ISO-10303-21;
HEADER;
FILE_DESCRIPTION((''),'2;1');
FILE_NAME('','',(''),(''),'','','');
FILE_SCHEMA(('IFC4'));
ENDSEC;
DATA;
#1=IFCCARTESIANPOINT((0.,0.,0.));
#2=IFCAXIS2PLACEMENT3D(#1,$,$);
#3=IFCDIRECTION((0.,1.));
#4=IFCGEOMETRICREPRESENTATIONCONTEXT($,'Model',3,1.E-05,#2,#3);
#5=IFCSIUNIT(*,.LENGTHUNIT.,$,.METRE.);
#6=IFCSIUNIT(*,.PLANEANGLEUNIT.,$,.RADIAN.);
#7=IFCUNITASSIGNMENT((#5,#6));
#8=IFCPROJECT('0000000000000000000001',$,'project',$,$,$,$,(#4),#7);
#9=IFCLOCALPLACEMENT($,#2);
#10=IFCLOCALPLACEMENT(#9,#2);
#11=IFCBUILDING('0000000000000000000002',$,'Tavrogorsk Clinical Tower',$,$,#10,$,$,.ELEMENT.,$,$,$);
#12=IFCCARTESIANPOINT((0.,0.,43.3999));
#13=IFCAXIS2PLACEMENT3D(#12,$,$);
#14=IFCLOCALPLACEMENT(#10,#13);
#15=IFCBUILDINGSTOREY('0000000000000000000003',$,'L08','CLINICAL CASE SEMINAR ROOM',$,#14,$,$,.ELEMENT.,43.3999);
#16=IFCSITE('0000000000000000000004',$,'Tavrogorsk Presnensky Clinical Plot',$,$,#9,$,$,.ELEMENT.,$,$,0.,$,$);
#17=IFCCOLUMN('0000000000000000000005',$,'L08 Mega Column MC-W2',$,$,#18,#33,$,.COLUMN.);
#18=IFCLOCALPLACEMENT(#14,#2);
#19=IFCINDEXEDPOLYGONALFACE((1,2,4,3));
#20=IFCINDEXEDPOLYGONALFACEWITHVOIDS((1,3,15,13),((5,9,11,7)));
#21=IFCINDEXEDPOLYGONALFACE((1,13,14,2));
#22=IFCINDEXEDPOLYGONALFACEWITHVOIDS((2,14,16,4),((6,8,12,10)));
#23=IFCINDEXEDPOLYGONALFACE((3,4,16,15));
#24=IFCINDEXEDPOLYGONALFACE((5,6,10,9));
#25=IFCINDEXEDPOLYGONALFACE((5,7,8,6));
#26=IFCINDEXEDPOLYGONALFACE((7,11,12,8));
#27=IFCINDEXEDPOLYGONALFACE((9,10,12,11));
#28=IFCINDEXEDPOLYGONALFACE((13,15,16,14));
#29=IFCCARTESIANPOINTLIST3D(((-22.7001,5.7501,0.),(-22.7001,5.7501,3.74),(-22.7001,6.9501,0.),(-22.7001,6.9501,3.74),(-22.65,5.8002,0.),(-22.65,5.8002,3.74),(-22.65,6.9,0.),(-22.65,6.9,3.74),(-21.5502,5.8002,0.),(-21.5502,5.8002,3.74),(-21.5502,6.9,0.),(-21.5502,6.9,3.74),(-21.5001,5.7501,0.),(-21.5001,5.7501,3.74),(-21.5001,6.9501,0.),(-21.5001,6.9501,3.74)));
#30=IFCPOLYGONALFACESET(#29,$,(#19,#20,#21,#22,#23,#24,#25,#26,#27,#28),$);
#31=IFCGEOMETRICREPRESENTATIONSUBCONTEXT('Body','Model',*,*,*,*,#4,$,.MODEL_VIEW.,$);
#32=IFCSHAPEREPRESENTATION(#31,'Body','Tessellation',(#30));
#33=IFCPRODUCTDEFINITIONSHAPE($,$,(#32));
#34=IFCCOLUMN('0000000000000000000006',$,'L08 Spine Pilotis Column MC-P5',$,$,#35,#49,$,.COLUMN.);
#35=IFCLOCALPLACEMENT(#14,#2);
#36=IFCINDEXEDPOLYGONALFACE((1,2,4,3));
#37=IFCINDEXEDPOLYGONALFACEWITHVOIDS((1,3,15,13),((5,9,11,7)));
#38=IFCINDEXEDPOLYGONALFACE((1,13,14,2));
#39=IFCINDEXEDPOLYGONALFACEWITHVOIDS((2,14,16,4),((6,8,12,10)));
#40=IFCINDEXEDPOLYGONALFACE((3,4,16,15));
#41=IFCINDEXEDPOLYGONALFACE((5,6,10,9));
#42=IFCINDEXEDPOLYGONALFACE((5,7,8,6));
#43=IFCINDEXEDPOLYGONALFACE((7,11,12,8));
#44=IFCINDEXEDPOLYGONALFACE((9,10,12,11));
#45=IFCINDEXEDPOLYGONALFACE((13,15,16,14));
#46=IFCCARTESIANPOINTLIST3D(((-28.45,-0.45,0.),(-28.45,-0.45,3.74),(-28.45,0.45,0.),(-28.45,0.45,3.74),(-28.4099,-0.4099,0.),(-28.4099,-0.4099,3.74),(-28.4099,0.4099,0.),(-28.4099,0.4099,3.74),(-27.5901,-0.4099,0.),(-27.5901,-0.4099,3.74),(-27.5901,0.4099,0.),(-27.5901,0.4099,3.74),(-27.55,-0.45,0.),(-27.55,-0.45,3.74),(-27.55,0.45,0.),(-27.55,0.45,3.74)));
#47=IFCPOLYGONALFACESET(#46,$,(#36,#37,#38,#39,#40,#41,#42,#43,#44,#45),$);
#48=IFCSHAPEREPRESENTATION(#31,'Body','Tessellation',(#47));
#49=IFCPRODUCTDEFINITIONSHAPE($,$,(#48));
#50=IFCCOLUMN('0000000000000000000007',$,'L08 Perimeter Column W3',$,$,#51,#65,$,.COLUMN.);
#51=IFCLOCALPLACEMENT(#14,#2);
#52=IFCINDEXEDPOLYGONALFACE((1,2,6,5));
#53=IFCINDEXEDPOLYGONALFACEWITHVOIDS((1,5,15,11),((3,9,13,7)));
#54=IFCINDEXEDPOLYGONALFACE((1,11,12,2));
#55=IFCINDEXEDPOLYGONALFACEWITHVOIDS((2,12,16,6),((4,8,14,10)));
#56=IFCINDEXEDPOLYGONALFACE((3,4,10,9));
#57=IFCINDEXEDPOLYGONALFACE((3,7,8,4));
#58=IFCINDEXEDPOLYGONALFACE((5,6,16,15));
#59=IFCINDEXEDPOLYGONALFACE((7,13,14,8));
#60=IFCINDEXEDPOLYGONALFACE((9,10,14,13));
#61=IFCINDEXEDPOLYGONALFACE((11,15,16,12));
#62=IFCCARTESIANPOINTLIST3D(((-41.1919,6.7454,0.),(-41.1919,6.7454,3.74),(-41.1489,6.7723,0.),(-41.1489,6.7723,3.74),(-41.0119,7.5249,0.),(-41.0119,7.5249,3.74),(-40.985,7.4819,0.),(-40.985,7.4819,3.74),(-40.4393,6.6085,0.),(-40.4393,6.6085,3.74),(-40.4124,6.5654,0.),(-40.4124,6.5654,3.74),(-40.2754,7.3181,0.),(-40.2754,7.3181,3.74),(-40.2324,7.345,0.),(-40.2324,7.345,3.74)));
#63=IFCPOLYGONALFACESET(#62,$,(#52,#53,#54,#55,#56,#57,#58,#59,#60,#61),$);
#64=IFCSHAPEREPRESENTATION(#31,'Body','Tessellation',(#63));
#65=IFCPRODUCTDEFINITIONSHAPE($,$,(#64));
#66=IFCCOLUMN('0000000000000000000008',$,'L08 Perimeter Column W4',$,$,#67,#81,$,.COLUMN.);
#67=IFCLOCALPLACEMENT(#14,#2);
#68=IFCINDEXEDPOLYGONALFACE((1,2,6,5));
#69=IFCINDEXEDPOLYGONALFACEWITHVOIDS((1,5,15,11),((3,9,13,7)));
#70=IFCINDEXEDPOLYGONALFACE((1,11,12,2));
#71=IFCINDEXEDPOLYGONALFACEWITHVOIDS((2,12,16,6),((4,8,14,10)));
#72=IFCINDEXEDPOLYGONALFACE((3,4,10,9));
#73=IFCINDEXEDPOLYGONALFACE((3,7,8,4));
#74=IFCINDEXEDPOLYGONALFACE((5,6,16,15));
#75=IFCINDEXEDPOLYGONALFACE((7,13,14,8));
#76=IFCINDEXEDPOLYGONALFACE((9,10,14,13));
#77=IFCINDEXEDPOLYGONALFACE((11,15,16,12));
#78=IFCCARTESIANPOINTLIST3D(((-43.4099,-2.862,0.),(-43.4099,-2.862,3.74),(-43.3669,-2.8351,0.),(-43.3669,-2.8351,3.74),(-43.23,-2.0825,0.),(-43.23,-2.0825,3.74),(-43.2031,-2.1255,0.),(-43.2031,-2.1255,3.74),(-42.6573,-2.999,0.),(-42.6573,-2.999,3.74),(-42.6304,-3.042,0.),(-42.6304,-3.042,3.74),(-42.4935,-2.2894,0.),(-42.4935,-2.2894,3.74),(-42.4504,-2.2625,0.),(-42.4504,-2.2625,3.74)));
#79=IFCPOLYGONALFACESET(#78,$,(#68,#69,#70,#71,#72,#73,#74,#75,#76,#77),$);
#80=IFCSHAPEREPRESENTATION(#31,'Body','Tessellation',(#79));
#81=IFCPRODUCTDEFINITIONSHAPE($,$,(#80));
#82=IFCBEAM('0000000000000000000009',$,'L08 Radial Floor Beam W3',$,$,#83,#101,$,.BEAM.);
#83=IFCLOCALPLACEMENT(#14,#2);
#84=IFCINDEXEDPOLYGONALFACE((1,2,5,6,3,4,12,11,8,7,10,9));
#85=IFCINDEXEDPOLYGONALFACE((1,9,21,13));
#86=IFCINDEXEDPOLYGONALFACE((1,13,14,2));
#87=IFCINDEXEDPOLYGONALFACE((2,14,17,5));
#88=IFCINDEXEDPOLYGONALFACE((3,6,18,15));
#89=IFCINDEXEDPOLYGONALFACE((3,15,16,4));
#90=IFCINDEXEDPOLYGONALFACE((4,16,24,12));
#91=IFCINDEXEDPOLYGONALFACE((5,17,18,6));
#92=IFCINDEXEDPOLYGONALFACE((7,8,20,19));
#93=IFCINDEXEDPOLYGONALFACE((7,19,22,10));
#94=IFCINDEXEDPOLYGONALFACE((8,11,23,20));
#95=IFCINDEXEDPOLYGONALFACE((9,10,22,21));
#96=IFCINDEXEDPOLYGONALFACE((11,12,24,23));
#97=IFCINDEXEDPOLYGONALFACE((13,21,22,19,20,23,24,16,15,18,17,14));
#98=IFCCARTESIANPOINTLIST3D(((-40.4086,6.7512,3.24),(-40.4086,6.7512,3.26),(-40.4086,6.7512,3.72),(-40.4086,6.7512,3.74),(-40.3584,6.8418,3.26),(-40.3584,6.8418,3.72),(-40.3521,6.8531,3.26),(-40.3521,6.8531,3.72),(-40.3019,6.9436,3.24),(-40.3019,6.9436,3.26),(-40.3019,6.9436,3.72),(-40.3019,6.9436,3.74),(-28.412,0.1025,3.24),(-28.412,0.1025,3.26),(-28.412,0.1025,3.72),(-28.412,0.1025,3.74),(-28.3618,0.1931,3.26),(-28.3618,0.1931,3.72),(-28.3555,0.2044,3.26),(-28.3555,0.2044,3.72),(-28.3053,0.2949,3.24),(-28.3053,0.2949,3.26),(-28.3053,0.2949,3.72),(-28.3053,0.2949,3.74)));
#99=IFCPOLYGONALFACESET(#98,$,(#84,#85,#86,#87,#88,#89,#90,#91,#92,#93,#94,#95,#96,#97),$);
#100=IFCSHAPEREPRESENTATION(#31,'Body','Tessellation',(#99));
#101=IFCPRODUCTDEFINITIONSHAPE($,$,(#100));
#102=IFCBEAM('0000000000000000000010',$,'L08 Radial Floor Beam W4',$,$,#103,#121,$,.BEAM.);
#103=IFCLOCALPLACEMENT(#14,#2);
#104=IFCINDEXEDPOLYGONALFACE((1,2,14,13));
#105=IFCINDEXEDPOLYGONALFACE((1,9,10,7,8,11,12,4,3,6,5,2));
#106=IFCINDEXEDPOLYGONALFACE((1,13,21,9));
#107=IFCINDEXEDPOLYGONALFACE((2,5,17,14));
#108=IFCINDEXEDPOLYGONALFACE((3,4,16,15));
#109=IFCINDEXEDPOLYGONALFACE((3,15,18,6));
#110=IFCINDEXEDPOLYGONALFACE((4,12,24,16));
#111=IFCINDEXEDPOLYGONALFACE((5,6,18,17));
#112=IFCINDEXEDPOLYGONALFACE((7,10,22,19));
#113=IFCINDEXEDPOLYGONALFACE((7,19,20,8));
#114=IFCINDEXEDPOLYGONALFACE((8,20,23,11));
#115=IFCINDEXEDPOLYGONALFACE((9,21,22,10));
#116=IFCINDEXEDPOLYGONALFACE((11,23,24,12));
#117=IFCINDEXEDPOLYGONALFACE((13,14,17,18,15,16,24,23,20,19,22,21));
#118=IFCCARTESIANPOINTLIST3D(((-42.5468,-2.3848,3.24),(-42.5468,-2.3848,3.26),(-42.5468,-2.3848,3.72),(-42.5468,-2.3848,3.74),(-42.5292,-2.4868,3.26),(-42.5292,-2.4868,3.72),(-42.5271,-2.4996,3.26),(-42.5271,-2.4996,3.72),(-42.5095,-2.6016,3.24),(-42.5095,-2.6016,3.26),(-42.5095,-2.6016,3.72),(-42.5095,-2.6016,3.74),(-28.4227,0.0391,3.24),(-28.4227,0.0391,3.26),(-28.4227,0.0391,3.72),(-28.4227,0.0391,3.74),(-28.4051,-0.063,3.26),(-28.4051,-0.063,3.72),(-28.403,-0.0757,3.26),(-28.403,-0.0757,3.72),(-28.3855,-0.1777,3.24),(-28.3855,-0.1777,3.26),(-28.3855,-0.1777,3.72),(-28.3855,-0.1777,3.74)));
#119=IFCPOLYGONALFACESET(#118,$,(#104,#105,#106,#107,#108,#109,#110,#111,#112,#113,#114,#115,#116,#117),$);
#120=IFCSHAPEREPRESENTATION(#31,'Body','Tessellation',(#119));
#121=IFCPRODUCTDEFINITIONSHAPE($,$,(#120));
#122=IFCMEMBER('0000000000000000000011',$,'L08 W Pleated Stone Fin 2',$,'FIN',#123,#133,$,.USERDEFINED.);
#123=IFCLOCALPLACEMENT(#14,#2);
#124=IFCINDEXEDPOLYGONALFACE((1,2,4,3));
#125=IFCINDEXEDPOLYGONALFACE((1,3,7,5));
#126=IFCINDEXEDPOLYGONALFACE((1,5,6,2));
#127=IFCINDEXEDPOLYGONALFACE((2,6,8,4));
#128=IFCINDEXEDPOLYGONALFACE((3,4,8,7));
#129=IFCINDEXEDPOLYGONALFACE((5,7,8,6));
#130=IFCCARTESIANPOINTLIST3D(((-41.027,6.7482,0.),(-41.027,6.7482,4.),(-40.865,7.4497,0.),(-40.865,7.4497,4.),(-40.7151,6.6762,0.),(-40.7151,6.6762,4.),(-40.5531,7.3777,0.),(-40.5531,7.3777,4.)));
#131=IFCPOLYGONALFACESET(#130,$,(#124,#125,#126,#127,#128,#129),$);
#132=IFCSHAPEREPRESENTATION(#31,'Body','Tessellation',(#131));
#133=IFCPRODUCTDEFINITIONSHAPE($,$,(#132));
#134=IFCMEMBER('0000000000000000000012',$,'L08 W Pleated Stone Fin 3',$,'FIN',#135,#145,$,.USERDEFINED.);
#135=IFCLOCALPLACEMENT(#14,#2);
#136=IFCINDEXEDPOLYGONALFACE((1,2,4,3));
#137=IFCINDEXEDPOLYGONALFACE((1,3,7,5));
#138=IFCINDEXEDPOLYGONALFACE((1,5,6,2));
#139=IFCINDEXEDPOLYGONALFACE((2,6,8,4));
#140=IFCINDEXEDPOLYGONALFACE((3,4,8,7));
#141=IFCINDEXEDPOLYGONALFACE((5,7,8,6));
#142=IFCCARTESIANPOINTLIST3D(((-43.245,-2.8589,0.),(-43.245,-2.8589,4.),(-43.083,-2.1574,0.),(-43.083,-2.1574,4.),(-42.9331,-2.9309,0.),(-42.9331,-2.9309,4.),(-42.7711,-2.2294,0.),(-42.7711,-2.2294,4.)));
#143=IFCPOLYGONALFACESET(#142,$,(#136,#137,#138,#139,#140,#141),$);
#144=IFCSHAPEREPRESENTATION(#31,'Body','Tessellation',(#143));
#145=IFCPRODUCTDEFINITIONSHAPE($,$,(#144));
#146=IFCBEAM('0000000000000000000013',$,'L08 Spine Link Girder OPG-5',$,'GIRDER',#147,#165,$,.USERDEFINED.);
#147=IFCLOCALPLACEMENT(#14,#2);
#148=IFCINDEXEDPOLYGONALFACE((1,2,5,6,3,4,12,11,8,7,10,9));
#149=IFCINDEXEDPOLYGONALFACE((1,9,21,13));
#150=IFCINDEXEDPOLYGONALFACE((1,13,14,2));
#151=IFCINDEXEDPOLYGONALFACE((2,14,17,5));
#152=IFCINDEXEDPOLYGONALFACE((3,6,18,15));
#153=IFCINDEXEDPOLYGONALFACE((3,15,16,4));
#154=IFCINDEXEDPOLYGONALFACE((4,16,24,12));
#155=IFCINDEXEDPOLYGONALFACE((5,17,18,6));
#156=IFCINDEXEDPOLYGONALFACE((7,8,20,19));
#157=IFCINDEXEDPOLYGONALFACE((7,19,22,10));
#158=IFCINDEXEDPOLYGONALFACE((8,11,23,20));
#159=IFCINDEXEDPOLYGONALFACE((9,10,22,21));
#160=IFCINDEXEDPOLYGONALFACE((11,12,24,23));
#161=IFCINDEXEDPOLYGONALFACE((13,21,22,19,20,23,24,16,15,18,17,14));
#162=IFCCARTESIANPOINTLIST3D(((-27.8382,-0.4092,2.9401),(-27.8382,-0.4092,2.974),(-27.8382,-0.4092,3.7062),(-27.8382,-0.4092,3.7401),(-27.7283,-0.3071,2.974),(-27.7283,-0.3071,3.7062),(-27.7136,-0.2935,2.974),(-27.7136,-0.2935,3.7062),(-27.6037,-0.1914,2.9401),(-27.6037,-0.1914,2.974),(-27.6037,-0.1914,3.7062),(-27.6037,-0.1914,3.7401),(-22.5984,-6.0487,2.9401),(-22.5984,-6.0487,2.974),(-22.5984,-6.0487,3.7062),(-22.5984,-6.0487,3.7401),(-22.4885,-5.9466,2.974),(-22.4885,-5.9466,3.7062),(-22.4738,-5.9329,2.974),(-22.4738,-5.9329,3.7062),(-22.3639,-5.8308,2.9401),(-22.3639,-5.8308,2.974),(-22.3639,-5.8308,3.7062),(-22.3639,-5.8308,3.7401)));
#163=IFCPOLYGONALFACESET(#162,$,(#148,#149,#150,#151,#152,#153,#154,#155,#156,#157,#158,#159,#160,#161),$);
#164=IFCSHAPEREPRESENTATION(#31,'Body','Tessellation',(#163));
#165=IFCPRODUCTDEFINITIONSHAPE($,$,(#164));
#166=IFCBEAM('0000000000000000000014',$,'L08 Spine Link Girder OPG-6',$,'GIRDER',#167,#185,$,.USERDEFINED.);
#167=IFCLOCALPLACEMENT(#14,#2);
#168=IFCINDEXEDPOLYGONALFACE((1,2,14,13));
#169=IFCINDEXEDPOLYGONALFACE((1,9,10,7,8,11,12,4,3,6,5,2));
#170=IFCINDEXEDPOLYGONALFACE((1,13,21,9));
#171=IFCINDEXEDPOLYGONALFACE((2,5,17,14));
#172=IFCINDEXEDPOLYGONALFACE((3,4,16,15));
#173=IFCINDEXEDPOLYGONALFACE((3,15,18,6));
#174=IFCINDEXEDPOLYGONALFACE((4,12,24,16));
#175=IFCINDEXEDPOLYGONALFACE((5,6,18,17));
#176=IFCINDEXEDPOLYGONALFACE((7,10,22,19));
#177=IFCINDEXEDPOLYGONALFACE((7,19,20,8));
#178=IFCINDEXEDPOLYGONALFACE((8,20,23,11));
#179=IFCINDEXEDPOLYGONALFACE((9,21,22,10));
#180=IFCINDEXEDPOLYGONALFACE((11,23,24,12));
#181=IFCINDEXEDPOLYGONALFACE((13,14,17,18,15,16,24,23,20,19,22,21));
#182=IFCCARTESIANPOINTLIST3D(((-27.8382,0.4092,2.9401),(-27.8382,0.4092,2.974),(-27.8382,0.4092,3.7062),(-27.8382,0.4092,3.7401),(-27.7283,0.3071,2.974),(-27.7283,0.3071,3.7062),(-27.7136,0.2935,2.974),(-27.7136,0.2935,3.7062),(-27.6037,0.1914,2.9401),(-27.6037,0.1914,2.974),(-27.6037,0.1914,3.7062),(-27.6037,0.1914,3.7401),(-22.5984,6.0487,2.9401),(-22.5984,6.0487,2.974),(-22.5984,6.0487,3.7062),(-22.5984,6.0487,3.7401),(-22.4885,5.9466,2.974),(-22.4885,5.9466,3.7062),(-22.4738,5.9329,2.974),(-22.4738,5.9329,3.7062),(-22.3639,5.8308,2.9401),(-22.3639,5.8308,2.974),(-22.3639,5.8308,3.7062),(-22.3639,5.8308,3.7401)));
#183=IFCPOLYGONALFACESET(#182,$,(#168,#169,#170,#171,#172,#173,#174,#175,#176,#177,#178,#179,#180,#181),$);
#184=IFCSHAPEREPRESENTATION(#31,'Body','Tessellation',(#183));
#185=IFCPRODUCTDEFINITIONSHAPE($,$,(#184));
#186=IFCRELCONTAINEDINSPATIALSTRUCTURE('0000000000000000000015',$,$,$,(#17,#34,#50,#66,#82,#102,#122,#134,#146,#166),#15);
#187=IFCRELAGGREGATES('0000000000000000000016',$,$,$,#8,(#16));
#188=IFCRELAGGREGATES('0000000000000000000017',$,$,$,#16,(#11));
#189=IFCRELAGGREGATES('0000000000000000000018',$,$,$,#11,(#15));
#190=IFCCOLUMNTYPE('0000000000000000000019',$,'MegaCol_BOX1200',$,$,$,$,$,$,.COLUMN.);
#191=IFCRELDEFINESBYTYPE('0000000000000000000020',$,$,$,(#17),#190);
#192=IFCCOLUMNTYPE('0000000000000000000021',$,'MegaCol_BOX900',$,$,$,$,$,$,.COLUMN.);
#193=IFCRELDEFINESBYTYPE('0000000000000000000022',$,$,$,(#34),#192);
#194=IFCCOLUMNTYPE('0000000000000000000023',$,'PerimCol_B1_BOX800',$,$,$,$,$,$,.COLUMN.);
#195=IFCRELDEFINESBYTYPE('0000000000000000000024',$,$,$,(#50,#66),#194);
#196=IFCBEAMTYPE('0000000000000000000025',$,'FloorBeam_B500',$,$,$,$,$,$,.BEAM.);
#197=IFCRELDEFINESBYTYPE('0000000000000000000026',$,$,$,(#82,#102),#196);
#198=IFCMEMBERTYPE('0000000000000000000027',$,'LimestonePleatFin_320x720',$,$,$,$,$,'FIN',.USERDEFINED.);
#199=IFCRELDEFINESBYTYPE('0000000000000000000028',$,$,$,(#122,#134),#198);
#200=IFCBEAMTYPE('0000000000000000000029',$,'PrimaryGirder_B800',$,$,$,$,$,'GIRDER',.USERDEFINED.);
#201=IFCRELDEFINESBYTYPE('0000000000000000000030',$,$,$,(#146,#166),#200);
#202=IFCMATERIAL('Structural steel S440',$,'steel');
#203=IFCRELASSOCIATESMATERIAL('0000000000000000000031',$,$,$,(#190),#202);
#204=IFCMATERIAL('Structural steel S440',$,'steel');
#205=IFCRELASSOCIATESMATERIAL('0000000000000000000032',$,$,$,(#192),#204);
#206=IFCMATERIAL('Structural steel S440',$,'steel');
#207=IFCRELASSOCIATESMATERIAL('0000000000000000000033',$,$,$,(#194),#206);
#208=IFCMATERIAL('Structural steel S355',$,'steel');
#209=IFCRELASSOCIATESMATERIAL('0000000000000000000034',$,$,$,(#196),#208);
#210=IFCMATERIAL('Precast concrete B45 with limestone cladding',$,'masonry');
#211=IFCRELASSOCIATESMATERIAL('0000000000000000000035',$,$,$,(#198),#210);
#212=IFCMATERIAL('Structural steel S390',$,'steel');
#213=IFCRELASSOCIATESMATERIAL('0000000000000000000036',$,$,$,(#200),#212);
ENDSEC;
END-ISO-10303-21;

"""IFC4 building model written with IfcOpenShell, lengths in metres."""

from ifc_helpers import new_model, si_unit, direction, frame, origin, origin_2d, place, context, subcontext, project, spatial, rectangle, hollow_rectangle, i_section, extrude, material, material_profile, profile_set, type_object, element, save


model = new_model("IFC4")

# Units and contexts
model_context = context("Model", 3, precision=1e-05, world=origin(), true_north=direction((0.0, 1.0)))
body_context = subcontext(model_context, "Body", "Model", "MODEL_VIEW")
ifc_project = project(units=[si_unit("LENGTHUNIT", "METRE"), si_unit("PLANEANGLEUNIT", "RADIAN")], contexts=[model_context])

# Site, building, storey
site_placement = place(None, origin())
site = spatial("IfcSite", under=ifc_project, at=site_placement, Name="Tavrogorsk Presnensky Clinical Plot", CompositionType="ELEMENT", RefElevation=0.0)
building_placement = place(site_placement, origin())
building = spatial("IfcBuilding", under=site, at=building_placement, Name="Tavrogorsk Clinical Tower", CompositionType="ELEMENT")
storey_placement = place(building_placement, frame((0.0, 0.0, 43.3999)))
storey = spatial("IfcBuildingStorey", under=building, at=storey_placement, Name="L08", Description="CLINICAL CASE SEMINAR ROOM", CompositionType="ELEMENT", Elevation=43.3999)

# Columns
ifc_material_1 = material(Name="Structural steel S440", Category="steel")
ifc_material_profile_1 = material_profile(ifc_material_1, hollow_rectangle(XDim=1.2, YDim=1.2, WallThickness=0.05, at=origin_2d()), Name="BOX-1200x1200x50")
ifc_profile_set_1 = profile_set([ifc_material_profile_1], Name="Structural steel S440")
column_type_1 = type_object("IfcColumnType", Name="MegaCol_BOX1200", PredefinedType="COLUMN", material=ifc_profile_set_1)
column_1_placement = place(storey_placement, frame((-22.1001, 6.3501, 0.0), z_axis=(0.0, 0.0, 1.0), x_axis=(1.0, 0.0, 0.0)))
element("IfcColumn", 1, at=column_1_placement, inside=storey, type_object=column_type_1, Name="L08 Mega Column MC-W2", PredefinedType="COLUMN", context=body_context, shape_type="SweptSolid", body=[
    extrude(hollow_rectangle(XDim=1.2, YDim=1.2, WallThickness=0.05, at=origin_2d()), origin(), (0.0, 0.0, 1.0), 3.74),
])
ifc_material_2 = material(Name="Structural steel S440", Category="steel")
ifc_material_profile_2 = material_profile(ifc_material_2, hollow_rectangle(XDim=0.8999, YDim=0.8999, WallThickness=0.04, at=origin_2d()), Name="BOX-900x900x40")
ifc_profile_set_2 = profile_set([ifc_material_profile_2], Name="Structural steel S440")
column_type_2 = type_object("IfcColumnType", Name="MegaCol_BOX900", PredefinedType="COLUMN", material=ifc_profile_set_2)
column_2_placement = place(storey_placement, frame((-28.0, 0.0, 0.0), z_axis=(0.0, 0.0, 1.0), x_axis=(1.0, 0.0, 0.0)))
element("IfcColumn", 2, at=column_2_placement, inside=storey, type_object=column_type_2, Name="L08 Spine Pilotis Column MC-P5", PredefinedType="COLUMN", context=body_context, shape_type="SweptSolid", body=[
    extrude(hollow_rectangle(XDim=0.8999, YDim=0.8999, WallThickness=0.04, at=origin_2d()), origin(), (0.0, 0.0, 1.0), 3.74),
])
ifc_material_3 = material(Name="Structural steel S440", Category="steel")
ifc_material_profile_3 = material_profile(ifc_material_3, hollow_rectangle(XDim=0.8, YDim=0.8, WallThickness=0.0359, at=origin_2d()), Name="BOX-800x800x36")
ifc_profile_set_3 = profile_set([ifc_material_profile_3], Name="Structural steel S440")
column_type_3 = type_object("IfcColumnType", Name="PerimCol_B1_BOX800", PredefinedType="COLUMN", material=ifc_profile_set_3)
for number, where, z_axis, x_axis, name in (
    (3, (-40.7122, 7.0452, 0.0), (0.0, 0.0, 1.0), (0.97437, -0.224951, 0.0), "L08 Perimeter Column W3"),
    (4, (-42.9302, -2.5623, 0.0), (0.0, 0.0, 1.0), (0.97437, -0.224951, 0.0), "L08 Perimeter Column W4"),
):
    element("IfcColumn", number, at=place(storey_placement, frame(where, z_axis=z_axis, x_axis=x_axis)), inside=storey, type_object=column_type_3, Name=name, PredefinedType="COLUMN", context=body_context, shape_type="SweptSolid", body=[
        extrude(hollow_rectangle(XDim=0.8, YDim=0.8, WallThickness=0.0359, at=origin_2d()), origin(), (0.0, 0.0, 1.0), 3.74),
    ])

# Beams
ifc_material_4 = material(Name="Structural steel S355", Category="steel")
ifc_material_profile_4 = material_profile(ifc_material_4, i_section(OverallWidth=0.22, OverallDepth=0.5, WebThickness=0.0129, FlangeThickness=0.02, at=origin_2d()), Name="B-500x220x13x20")
ifc_profile_set_4 = profile_set([ifc_material_profile_4], Name="Structural steel S355")
beam_type_1 = type_object("IfcBeamType", Name="FloorBeam_B500", PredefinedType="BEAM", material=ifc_profile_set_4)
beam_1_placement = place(storey_placement, frame((-28.3586, 0.1987, 3.49), z_axis=(-0.874655, 0.484746, 0.0), x_axis=(-0.484746, -0.874655, 0.0)))
element("IfcBeam", 5, at=beam_1_placement, inside=storey, type_object=beam_type_1, Name="L08 Radial Floor Beam W3", PredefinedType="BEAM", context=body_context, shape_type="SweptSolid", body=[
    extrude(i_section(OverallWidth=0.22, OverallDepth=0.5, WebThickness=0.0129, FlangeThickness=0.02, at=origin_2d()), origin(), (0.0, 0.0, 1.0), 13.7158),
])
beam_2_placement = place(storey_placement, frame((-28.4041, -0.0693, 3.49), z_axis=(-0.985592, -0.169138, 0.0), x_axis=(0.169138, -0.985592, 0.0)))
element("IfcBeam", 6, at=beam_2_placement, inside=storey, type_object=beam_type_1, Name="L08 Radial Floor Beam W4", PredefinedType="BEAM", context=body_context, shape_type="SweptSolid", body=[
    extrude(i_section(OverallWidth=0.22, OverallDepth=0.5, WebThickness=0.0129, FlangeThickness=0.02, at=origin_2d()), origin(), (0.0, 0.0, 1.0), 14.3306),
])

# Members
ifc_material_5 = material(Name="Precast concrete B45 with limestone cladding", Category="masonry")
ifc_material_profile_5 = material_profile(ifc_material_5, rectangle(XDim=0.3201, YDim=0.72, at=origin_2d()), Name="LIMESTONE-FIN-320x720")
ifc_profile_set_5 = profile_set([ifc_material_profile_5], Name="Precast concrete B45 with limestone cladding")
member_type = type_object("IfcMemberType", Name="LimestonePleatFin_320x720", ElementType="FIN", PredefinedType="USERDEFINED", material=ifc_profile_set_5)
for number, where, z_axis, x_axis, name in (
    (7, (-40.79, 7.063, 0.0), (0.0, 0.0, 1.0), (0.97437, -0.224951, 0.0), "L08 W Pleated Stone Fin 2"),
    (8, (-43.0081, -2.5442, 0.0), (0.0, 0.0, 1.0), (0.97437, -0.224951, 0.0), "L08 W Pleated Stone Fin 3"),
):
    element("IfcMember", number, at=place(storey_placement, frame(where, z_axis=z_axis, x_axis=x_axis)), inside=storey, type_object=member_type, Name=name, ObjectType="FIN", PredefinedType="USERDEFINED", context=body_context, shape_type="SweptSolid", body=[
        extrude(rectangle(XDim=0.3201, YDim=0.72, at=origin_2d()), origin(), (0.0, 0.0, 1.0), 4.0),
    ])

# Beams
ifc_material_6 = material(Name="Structural steel S390", Category="steel")
ifc_material_profile_6 = material_profile(ifc_material_6, i_section(OverallWidth=0.3201, OverallDepth=0.8, WebThickness=0.02, FlangeThickness=0.0339, at=origin_2d()), Name="B-800x320x20x34")
ifc_profile_set_6 = profile_set([ifc_material_profile_6], Name="Structural steel S390")
beam_type_2 = type_object("IfcBeamType", Name="PrimaryGirder_B800", ElementType="GIRDER", PredefinedType="USERDEFINED", material=ifc_profile_set_6)
for number, where, z_axis, x_axis, name in (
    (9, (-27.7209, -0.3003, 3.3401), (0.680671, -0.732589, 0.0), (0.732589, 0.680671, 0.0), "L08 Spine Link Girder OPG-5"),
    (10, (-27.7209, 0.3003, 3.3401), (0.680671, 0.732589, 0.0), (-0.732589, 0.680671, 0.0), "L08 Spine Link Girder OPG-6"),
):
    element("IfcBeam", number, at=place(storey_placement, frame(where, z_axis=z_axis, x_axis=x_axis)), inside=storey, type_object=beam_type_2, Name=name, ObjectType="GIRDER", PredefinedType="USERDEFINED", context=body_context, shape_type="SweptSolid", body=[
        extrude(i_section(OverallWidth=0.3201, OverallDepth=0.8, WebThickness=0.02, FlangeThickness=0.0339, at=origin_2d()), origin(), (0.0, 0.0, 1.0), 7.698),
    ])

save(model, "model.ifc")
